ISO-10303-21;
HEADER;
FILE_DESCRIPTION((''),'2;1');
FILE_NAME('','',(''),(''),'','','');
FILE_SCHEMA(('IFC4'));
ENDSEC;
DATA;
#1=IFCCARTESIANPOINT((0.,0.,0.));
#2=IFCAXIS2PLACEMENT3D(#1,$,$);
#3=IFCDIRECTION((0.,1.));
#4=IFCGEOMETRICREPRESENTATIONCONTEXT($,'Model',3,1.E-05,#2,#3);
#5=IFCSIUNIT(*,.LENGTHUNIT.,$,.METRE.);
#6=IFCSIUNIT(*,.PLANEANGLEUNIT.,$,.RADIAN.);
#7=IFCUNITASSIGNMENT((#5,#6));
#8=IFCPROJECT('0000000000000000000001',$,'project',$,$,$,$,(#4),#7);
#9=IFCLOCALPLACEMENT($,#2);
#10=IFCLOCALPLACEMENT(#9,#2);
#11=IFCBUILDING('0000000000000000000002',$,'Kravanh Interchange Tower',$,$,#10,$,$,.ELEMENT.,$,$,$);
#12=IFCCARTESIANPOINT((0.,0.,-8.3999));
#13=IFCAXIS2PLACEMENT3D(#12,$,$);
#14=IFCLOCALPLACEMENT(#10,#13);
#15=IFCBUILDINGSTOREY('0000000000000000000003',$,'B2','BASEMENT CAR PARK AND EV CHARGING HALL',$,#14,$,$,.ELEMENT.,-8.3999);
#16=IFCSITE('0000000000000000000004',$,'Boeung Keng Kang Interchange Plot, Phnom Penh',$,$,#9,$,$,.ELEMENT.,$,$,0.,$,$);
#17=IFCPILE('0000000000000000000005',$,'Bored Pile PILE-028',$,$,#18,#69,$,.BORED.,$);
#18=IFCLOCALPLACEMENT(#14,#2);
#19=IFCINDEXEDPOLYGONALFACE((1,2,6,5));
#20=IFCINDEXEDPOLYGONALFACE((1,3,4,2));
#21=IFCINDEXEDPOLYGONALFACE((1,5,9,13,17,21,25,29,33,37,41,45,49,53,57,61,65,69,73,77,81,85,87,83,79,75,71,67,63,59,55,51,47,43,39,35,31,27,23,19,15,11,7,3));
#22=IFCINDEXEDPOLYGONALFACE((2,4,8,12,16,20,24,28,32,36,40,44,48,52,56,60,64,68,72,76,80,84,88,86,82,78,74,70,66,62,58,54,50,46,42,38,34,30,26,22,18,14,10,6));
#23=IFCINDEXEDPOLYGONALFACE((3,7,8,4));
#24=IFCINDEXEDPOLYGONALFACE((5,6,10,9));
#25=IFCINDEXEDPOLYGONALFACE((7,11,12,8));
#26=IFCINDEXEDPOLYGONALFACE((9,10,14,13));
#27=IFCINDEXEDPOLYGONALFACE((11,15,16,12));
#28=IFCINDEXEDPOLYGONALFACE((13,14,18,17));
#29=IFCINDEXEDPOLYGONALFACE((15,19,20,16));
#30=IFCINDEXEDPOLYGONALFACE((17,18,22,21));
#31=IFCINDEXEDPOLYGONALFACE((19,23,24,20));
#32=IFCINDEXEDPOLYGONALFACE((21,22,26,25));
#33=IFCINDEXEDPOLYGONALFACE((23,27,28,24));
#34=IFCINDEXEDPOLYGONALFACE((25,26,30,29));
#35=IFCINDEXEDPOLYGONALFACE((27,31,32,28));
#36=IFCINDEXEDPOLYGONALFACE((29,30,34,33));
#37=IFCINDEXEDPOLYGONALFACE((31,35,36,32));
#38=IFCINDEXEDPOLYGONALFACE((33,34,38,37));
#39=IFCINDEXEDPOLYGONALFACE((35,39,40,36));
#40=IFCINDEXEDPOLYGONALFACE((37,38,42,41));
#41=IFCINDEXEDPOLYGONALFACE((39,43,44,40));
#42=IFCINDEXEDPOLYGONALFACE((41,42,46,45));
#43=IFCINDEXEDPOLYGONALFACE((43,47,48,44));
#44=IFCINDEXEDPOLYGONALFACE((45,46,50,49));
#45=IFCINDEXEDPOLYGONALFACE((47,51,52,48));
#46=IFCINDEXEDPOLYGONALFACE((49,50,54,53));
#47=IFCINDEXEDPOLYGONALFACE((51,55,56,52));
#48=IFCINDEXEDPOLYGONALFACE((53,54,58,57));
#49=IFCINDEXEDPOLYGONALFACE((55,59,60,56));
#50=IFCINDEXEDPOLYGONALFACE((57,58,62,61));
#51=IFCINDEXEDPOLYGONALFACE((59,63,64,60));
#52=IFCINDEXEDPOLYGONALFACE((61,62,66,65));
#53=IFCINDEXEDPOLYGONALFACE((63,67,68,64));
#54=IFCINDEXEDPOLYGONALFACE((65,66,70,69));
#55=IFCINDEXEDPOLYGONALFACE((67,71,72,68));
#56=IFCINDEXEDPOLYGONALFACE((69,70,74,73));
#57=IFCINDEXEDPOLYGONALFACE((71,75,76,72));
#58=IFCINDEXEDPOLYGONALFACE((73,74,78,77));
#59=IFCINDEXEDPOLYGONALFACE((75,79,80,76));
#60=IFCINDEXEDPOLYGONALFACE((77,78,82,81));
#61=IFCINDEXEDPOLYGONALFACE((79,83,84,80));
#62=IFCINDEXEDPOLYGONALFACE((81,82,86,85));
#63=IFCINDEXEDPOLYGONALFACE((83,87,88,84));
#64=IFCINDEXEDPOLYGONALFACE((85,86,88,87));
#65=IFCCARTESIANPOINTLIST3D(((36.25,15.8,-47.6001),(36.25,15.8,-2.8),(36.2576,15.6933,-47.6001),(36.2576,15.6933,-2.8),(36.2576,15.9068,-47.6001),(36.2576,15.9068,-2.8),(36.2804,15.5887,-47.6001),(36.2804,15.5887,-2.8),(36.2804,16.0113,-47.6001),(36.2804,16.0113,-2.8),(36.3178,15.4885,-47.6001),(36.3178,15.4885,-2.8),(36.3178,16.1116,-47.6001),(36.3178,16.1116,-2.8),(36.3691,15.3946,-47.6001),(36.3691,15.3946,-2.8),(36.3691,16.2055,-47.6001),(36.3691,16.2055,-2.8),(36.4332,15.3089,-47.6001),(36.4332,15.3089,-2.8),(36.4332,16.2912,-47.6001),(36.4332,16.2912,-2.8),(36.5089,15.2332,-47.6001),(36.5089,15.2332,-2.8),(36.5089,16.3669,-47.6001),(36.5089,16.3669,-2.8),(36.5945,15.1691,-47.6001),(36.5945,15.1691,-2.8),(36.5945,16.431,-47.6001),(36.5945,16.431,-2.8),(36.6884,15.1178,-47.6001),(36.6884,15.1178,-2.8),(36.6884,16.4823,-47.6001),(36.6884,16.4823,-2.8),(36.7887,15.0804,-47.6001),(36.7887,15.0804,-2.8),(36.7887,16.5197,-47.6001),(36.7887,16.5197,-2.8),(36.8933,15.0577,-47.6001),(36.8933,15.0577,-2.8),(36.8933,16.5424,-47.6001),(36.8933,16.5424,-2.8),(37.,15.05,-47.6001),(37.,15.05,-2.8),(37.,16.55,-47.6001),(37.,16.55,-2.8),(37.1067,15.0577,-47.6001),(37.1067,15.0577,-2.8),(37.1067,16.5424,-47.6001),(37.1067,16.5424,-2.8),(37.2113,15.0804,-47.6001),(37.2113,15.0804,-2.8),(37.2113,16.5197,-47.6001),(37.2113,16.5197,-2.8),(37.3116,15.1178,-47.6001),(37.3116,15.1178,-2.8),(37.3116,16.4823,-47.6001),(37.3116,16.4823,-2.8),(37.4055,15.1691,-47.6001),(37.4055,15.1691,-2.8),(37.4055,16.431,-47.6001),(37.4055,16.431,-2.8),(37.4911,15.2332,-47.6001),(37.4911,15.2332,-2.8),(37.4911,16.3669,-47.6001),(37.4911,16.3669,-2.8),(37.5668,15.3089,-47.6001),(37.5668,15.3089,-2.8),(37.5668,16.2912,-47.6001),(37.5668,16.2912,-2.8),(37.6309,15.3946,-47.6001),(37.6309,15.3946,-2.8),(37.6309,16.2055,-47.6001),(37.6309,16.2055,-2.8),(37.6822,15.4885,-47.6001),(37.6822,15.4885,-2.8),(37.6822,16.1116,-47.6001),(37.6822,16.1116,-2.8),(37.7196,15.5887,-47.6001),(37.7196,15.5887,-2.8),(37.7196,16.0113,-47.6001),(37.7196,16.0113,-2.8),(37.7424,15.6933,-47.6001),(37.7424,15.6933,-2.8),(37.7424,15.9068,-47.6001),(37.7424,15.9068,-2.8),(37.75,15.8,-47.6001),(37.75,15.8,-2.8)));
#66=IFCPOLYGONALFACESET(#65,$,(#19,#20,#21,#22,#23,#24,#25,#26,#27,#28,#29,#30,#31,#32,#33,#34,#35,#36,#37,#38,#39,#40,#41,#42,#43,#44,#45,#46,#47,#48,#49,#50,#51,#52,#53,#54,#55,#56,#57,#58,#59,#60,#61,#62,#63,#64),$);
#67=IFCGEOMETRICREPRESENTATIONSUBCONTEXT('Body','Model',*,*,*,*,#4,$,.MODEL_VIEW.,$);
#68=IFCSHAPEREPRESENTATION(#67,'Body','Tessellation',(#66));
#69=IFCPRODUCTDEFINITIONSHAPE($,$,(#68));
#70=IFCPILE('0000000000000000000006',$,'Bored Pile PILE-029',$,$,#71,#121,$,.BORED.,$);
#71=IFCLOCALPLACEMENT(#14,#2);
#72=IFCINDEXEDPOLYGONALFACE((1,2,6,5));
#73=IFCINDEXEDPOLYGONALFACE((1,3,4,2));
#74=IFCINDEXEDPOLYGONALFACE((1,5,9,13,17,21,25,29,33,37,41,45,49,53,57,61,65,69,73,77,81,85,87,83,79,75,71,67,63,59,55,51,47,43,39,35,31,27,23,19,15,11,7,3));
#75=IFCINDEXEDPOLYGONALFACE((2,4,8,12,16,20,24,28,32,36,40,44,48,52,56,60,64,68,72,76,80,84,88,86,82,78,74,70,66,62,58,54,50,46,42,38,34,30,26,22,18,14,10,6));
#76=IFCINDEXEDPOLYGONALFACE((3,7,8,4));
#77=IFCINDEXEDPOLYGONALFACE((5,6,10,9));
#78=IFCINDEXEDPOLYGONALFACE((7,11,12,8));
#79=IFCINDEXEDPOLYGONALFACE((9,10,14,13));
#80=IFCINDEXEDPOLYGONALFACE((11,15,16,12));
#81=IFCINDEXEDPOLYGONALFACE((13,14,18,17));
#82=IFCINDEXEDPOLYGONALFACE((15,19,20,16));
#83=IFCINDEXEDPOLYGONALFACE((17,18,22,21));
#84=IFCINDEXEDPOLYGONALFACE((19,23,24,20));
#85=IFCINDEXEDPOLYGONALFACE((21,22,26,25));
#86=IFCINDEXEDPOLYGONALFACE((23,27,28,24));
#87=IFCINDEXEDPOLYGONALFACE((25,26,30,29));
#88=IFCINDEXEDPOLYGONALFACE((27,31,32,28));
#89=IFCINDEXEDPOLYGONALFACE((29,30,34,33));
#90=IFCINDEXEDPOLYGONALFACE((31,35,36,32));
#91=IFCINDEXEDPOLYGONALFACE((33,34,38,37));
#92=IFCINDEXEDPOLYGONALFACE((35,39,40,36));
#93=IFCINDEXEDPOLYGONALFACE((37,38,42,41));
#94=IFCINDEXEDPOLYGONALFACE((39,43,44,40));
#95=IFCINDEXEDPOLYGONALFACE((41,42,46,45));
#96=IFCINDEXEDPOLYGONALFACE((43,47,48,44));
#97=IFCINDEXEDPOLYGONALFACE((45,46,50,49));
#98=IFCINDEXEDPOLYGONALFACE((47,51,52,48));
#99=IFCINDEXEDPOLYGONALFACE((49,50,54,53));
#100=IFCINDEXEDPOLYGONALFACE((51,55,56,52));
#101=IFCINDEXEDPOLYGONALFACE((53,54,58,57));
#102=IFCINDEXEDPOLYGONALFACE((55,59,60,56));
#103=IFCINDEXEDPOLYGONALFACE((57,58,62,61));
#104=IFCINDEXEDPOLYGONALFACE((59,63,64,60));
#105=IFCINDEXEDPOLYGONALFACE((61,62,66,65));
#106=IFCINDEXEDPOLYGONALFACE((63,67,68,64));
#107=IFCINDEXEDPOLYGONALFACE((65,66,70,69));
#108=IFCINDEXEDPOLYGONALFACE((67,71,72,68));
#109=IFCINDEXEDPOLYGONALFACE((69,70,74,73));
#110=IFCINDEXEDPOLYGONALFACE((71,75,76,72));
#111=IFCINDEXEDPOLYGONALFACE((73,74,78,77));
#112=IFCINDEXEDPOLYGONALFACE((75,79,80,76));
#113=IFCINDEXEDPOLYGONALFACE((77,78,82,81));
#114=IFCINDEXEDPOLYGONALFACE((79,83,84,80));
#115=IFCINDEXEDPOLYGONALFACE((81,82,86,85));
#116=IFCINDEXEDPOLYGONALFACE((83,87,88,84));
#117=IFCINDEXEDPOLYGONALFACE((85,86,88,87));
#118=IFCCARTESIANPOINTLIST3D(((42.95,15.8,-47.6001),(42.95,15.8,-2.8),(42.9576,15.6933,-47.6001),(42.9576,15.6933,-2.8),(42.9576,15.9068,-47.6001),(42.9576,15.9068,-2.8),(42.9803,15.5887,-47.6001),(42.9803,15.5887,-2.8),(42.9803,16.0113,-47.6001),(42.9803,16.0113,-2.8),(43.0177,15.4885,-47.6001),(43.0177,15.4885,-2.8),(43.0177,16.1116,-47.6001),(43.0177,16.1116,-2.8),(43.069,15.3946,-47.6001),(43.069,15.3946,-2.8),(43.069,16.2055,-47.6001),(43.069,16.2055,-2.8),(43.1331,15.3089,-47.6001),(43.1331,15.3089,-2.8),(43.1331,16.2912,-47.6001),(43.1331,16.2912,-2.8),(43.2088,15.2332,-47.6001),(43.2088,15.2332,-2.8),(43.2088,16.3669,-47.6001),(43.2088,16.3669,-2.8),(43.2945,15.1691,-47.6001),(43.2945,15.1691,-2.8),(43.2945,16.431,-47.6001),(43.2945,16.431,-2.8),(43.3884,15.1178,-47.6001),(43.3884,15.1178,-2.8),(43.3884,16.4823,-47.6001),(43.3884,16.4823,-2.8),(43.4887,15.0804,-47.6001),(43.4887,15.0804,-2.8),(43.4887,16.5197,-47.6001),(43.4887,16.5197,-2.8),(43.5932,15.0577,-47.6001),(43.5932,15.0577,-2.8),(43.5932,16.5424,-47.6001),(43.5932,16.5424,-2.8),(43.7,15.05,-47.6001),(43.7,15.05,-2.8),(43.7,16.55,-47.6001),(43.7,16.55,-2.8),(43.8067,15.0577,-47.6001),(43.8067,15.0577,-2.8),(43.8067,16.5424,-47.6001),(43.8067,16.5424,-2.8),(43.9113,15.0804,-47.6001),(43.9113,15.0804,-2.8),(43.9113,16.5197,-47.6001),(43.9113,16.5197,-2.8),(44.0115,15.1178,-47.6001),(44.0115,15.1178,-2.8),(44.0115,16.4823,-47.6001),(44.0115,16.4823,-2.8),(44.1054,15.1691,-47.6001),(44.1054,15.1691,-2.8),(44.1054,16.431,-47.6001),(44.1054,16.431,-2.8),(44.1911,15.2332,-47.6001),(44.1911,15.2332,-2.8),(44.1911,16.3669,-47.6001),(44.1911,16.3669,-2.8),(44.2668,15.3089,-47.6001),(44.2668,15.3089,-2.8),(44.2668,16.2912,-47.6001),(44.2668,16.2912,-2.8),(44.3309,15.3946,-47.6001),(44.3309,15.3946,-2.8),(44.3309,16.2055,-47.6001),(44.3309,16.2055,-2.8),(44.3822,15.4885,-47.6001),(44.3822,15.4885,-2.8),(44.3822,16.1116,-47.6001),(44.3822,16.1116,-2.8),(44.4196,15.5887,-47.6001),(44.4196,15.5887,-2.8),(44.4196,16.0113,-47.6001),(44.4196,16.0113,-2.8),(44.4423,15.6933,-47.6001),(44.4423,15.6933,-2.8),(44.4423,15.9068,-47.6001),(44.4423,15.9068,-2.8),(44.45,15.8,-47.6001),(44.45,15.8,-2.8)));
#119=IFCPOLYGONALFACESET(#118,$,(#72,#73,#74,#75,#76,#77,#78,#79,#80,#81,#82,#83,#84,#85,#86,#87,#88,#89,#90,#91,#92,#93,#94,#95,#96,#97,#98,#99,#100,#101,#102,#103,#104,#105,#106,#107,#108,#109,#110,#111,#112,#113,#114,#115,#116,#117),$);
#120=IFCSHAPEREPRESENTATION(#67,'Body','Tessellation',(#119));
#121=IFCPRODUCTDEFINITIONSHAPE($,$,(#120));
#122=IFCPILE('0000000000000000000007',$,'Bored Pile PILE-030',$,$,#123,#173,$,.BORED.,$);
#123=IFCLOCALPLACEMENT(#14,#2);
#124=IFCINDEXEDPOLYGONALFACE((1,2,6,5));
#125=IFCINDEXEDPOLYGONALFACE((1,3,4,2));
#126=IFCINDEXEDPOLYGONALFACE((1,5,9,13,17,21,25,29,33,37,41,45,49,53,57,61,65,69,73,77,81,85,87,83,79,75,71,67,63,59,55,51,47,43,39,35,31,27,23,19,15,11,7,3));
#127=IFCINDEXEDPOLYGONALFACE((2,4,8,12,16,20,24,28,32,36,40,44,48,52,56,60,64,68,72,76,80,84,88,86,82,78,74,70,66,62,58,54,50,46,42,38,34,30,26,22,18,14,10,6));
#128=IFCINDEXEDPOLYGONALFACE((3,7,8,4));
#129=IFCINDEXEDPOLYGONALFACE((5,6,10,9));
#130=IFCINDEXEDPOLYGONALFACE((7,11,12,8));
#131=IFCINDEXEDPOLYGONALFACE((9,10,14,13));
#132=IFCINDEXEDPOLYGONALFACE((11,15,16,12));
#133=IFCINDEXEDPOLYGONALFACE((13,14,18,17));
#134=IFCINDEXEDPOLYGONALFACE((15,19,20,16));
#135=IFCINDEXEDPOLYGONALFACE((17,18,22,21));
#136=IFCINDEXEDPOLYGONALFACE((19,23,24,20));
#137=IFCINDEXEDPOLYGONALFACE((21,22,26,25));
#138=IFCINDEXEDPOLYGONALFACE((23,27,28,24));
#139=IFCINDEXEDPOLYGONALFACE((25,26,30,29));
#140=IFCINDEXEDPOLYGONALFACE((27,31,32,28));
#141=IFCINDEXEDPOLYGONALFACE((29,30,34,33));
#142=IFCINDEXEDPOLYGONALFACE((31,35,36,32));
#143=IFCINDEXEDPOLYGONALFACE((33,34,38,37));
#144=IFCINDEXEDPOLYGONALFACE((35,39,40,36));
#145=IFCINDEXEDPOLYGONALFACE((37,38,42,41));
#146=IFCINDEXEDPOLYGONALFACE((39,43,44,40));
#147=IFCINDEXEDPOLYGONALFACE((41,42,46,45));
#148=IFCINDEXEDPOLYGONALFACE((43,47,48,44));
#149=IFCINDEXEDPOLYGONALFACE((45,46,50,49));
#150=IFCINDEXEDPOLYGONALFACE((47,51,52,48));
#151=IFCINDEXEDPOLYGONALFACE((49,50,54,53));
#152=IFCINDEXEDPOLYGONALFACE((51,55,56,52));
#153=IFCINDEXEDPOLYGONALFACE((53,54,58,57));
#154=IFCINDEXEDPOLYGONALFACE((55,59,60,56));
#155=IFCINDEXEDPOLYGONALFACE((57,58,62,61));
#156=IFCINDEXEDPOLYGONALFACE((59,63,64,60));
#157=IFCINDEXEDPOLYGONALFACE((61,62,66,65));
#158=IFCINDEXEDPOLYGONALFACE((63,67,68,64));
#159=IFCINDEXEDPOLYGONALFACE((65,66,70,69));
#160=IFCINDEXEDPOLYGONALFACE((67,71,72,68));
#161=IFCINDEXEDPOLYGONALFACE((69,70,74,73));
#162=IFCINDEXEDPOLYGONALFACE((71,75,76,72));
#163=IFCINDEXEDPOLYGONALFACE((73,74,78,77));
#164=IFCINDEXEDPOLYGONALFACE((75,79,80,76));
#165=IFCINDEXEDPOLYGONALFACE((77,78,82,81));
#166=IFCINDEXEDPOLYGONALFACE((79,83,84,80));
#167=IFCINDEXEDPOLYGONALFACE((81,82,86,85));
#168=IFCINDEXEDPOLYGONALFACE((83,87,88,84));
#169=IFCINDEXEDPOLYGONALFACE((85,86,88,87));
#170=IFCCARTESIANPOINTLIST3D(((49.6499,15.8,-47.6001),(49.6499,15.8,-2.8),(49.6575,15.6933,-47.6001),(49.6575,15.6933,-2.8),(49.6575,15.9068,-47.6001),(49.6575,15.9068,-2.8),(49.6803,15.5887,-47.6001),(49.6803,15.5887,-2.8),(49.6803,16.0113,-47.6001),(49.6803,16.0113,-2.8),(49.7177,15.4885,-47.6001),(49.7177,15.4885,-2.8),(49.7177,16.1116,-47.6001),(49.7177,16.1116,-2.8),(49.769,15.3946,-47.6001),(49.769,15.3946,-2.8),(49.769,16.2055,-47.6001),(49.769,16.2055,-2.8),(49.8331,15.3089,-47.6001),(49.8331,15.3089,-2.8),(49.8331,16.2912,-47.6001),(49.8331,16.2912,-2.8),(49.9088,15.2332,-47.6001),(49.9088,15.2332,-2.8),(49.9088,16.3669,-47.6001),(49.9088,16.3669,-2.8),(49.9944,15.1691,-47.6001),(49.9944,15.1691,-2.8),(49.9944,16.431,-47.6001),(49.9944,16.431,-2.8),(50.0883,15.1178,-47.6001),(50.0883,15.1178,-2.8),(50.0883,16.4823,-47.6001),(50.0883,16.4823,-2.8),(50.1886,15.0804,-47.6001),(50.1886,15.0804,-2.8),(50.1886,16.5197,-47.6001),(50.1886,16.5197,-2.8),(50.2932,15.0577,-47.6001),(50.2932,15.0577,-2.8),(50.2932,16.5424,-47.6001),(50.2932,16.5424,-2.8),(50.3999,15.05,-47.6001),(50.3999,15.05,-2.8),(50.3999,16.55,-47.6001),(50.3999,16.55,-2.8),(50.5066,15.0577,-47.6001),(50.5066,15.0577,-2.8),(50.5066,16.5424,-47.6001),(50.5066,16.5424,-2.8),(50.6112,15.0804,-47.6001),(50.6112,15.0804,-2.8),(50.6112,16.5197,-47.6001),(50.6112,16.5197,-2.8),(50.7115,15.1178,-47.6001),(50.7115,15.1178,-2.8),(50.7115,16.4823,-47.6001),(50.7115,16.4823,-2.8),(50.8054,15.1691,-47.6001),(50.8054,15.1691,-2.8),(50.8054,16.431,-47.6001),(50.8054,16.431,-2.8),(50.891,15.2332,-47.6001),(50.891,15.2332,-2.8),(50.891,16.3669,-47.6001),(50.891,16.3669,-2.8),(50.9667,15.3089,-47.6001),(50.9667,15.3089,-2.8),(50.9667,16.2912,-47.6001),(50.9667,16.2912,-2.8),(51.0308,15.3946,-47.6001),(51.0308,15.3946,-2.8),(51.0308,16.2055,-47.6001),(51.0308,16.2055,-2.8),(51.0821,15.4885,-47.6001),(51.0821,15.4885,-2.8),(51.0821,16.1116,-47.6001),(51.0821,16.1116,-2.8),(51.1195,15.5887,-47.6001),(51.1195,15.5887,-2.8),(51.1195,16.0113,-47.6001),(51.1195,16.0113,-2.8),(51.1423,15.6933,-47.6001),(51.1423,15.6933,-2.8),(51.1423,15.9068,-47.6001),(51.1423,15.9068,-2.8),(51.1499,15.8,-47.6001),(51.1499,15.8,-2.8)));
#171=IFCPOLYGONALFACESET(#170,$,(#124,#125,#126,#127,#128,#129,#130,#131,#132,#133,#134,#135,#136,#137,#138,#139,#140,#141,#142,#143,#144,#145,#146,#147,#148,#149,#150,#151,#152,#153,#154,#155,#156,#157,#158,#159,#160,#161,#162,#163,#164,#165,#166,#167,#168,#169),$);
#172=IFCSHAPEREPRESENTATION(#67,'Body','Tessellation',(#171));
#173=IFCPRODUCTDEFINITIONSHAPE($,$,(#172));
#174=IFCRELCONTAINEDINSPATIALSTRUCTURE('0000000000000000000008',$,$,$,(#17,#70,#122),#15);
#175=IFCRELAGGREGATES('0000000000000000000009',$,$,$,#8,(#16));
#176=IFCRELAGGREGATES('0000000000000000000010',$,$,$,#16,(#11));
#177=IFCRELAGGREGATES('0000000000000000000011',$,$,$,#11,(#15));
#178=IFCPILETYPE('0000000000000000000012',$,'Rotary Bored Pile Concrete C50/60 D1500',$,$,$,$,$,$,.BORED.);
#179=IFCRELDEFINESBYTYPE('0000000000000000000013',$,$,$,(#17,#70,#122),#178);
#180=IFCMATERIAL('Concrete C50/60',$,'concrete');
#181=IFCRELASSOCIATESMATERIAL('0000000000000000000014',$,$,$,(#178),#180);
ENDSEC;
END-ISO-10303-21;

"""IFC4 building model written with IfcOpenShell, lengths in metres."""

from ifc_helpers import new_model, si_unit, direction, frame, origin, origin_2d, place, context, subcontext, project, spatial, circle, extrude, material, material_profile, profile_set, type_object, element, save


model = new_model("IFC4")

# Units and contexts
model_context = context("Model", 3, precision=1e-05, world=origin(), true_north=direction((0.0, 1.0)))
body_context = subcontext(model_context, "Body", "Model", "MODEL_VIEW")
ifc_project = project(units=[si_unit("LENGTHUNIT", "METRE"), si_unit("PLANEANGLEUNIT", "RADIAN")], contexts=[model_context])

# Site, building, storey
site_placement = place(None, origin())
site = spatial("IfcSite", under=ifc_project, at=site_placement, Name="Boeung Keng Kang Interchange Plot, Phnom Penh", CompositionType="ELEMENT", RefElevation=0.0)
building_placement = place(site_placement, origin())
building = spatial("IfcBuilding", under=site, at=building_placement, Name="Kravanh Interchange Tower", CompositionType="ELEMENT")
storey_placement = place(building_placement, frame((0.0, 0.0, -8.3999)))
storey = spatial("IfcBuildingStorey", under=building, at=storey_placement, Name="B2", Description="BASEMENT CAR PARK AND EV CHARGING HALL", CompositionType="ELEMENT", Elevation=-8.3999)

# Piles
ifc_material_1 = material(Name="Concrete C50/60", Category="concrete")
ifc_material_profile_1 = material_profile(ifc_material_1, circle(Radius=0.75, at=origin_2d()), Name="PILE-D1500")
ifc_profile_set_1 = profile_set([ifc_material_profile_1], Name="Concrete C50/60")
pile_type_1 = type_object("IfcPileType", Name="Rotary Bored Pile Concrete C50/60 D1500", PredefinedType="BORED", material=ifc_profile_set_1)
for number, where, z_axis, x_axis, name in (
    (1, (37.0, 15.8, -2.8), (0.0, 0.0, -1.0), (1.0, 0.0, 0.0), "Bored Pile PILE-028"),
    (2, (43.7, 15.8, -2.8), (0.0, 0.0, -1.0), (1.0, 0.0, 0.0), "Bored Pile PILE-029"),
    (3, (50.3999, 15.8, -2.8), (0.0, 0.0, -1.0), (1.0, 0.0, 0.0), "Bored Pile PILE-030"),
):
    element("IfcPile", number, at=place(storey_placement, frame(where, z_axis=z_axis, x_axis=x_axis)), inside=storey, type_object=pile_type_1, Name=name, PredefinedType="BORED", context=body_context, shape_type="SweptSolid", body=[
        extrude(circle(Radius=0.75, at=origin_2d()), origin(), (0.0, 0.0, 1.0), 44.8),
    ])

save(model, "model.ifc")
